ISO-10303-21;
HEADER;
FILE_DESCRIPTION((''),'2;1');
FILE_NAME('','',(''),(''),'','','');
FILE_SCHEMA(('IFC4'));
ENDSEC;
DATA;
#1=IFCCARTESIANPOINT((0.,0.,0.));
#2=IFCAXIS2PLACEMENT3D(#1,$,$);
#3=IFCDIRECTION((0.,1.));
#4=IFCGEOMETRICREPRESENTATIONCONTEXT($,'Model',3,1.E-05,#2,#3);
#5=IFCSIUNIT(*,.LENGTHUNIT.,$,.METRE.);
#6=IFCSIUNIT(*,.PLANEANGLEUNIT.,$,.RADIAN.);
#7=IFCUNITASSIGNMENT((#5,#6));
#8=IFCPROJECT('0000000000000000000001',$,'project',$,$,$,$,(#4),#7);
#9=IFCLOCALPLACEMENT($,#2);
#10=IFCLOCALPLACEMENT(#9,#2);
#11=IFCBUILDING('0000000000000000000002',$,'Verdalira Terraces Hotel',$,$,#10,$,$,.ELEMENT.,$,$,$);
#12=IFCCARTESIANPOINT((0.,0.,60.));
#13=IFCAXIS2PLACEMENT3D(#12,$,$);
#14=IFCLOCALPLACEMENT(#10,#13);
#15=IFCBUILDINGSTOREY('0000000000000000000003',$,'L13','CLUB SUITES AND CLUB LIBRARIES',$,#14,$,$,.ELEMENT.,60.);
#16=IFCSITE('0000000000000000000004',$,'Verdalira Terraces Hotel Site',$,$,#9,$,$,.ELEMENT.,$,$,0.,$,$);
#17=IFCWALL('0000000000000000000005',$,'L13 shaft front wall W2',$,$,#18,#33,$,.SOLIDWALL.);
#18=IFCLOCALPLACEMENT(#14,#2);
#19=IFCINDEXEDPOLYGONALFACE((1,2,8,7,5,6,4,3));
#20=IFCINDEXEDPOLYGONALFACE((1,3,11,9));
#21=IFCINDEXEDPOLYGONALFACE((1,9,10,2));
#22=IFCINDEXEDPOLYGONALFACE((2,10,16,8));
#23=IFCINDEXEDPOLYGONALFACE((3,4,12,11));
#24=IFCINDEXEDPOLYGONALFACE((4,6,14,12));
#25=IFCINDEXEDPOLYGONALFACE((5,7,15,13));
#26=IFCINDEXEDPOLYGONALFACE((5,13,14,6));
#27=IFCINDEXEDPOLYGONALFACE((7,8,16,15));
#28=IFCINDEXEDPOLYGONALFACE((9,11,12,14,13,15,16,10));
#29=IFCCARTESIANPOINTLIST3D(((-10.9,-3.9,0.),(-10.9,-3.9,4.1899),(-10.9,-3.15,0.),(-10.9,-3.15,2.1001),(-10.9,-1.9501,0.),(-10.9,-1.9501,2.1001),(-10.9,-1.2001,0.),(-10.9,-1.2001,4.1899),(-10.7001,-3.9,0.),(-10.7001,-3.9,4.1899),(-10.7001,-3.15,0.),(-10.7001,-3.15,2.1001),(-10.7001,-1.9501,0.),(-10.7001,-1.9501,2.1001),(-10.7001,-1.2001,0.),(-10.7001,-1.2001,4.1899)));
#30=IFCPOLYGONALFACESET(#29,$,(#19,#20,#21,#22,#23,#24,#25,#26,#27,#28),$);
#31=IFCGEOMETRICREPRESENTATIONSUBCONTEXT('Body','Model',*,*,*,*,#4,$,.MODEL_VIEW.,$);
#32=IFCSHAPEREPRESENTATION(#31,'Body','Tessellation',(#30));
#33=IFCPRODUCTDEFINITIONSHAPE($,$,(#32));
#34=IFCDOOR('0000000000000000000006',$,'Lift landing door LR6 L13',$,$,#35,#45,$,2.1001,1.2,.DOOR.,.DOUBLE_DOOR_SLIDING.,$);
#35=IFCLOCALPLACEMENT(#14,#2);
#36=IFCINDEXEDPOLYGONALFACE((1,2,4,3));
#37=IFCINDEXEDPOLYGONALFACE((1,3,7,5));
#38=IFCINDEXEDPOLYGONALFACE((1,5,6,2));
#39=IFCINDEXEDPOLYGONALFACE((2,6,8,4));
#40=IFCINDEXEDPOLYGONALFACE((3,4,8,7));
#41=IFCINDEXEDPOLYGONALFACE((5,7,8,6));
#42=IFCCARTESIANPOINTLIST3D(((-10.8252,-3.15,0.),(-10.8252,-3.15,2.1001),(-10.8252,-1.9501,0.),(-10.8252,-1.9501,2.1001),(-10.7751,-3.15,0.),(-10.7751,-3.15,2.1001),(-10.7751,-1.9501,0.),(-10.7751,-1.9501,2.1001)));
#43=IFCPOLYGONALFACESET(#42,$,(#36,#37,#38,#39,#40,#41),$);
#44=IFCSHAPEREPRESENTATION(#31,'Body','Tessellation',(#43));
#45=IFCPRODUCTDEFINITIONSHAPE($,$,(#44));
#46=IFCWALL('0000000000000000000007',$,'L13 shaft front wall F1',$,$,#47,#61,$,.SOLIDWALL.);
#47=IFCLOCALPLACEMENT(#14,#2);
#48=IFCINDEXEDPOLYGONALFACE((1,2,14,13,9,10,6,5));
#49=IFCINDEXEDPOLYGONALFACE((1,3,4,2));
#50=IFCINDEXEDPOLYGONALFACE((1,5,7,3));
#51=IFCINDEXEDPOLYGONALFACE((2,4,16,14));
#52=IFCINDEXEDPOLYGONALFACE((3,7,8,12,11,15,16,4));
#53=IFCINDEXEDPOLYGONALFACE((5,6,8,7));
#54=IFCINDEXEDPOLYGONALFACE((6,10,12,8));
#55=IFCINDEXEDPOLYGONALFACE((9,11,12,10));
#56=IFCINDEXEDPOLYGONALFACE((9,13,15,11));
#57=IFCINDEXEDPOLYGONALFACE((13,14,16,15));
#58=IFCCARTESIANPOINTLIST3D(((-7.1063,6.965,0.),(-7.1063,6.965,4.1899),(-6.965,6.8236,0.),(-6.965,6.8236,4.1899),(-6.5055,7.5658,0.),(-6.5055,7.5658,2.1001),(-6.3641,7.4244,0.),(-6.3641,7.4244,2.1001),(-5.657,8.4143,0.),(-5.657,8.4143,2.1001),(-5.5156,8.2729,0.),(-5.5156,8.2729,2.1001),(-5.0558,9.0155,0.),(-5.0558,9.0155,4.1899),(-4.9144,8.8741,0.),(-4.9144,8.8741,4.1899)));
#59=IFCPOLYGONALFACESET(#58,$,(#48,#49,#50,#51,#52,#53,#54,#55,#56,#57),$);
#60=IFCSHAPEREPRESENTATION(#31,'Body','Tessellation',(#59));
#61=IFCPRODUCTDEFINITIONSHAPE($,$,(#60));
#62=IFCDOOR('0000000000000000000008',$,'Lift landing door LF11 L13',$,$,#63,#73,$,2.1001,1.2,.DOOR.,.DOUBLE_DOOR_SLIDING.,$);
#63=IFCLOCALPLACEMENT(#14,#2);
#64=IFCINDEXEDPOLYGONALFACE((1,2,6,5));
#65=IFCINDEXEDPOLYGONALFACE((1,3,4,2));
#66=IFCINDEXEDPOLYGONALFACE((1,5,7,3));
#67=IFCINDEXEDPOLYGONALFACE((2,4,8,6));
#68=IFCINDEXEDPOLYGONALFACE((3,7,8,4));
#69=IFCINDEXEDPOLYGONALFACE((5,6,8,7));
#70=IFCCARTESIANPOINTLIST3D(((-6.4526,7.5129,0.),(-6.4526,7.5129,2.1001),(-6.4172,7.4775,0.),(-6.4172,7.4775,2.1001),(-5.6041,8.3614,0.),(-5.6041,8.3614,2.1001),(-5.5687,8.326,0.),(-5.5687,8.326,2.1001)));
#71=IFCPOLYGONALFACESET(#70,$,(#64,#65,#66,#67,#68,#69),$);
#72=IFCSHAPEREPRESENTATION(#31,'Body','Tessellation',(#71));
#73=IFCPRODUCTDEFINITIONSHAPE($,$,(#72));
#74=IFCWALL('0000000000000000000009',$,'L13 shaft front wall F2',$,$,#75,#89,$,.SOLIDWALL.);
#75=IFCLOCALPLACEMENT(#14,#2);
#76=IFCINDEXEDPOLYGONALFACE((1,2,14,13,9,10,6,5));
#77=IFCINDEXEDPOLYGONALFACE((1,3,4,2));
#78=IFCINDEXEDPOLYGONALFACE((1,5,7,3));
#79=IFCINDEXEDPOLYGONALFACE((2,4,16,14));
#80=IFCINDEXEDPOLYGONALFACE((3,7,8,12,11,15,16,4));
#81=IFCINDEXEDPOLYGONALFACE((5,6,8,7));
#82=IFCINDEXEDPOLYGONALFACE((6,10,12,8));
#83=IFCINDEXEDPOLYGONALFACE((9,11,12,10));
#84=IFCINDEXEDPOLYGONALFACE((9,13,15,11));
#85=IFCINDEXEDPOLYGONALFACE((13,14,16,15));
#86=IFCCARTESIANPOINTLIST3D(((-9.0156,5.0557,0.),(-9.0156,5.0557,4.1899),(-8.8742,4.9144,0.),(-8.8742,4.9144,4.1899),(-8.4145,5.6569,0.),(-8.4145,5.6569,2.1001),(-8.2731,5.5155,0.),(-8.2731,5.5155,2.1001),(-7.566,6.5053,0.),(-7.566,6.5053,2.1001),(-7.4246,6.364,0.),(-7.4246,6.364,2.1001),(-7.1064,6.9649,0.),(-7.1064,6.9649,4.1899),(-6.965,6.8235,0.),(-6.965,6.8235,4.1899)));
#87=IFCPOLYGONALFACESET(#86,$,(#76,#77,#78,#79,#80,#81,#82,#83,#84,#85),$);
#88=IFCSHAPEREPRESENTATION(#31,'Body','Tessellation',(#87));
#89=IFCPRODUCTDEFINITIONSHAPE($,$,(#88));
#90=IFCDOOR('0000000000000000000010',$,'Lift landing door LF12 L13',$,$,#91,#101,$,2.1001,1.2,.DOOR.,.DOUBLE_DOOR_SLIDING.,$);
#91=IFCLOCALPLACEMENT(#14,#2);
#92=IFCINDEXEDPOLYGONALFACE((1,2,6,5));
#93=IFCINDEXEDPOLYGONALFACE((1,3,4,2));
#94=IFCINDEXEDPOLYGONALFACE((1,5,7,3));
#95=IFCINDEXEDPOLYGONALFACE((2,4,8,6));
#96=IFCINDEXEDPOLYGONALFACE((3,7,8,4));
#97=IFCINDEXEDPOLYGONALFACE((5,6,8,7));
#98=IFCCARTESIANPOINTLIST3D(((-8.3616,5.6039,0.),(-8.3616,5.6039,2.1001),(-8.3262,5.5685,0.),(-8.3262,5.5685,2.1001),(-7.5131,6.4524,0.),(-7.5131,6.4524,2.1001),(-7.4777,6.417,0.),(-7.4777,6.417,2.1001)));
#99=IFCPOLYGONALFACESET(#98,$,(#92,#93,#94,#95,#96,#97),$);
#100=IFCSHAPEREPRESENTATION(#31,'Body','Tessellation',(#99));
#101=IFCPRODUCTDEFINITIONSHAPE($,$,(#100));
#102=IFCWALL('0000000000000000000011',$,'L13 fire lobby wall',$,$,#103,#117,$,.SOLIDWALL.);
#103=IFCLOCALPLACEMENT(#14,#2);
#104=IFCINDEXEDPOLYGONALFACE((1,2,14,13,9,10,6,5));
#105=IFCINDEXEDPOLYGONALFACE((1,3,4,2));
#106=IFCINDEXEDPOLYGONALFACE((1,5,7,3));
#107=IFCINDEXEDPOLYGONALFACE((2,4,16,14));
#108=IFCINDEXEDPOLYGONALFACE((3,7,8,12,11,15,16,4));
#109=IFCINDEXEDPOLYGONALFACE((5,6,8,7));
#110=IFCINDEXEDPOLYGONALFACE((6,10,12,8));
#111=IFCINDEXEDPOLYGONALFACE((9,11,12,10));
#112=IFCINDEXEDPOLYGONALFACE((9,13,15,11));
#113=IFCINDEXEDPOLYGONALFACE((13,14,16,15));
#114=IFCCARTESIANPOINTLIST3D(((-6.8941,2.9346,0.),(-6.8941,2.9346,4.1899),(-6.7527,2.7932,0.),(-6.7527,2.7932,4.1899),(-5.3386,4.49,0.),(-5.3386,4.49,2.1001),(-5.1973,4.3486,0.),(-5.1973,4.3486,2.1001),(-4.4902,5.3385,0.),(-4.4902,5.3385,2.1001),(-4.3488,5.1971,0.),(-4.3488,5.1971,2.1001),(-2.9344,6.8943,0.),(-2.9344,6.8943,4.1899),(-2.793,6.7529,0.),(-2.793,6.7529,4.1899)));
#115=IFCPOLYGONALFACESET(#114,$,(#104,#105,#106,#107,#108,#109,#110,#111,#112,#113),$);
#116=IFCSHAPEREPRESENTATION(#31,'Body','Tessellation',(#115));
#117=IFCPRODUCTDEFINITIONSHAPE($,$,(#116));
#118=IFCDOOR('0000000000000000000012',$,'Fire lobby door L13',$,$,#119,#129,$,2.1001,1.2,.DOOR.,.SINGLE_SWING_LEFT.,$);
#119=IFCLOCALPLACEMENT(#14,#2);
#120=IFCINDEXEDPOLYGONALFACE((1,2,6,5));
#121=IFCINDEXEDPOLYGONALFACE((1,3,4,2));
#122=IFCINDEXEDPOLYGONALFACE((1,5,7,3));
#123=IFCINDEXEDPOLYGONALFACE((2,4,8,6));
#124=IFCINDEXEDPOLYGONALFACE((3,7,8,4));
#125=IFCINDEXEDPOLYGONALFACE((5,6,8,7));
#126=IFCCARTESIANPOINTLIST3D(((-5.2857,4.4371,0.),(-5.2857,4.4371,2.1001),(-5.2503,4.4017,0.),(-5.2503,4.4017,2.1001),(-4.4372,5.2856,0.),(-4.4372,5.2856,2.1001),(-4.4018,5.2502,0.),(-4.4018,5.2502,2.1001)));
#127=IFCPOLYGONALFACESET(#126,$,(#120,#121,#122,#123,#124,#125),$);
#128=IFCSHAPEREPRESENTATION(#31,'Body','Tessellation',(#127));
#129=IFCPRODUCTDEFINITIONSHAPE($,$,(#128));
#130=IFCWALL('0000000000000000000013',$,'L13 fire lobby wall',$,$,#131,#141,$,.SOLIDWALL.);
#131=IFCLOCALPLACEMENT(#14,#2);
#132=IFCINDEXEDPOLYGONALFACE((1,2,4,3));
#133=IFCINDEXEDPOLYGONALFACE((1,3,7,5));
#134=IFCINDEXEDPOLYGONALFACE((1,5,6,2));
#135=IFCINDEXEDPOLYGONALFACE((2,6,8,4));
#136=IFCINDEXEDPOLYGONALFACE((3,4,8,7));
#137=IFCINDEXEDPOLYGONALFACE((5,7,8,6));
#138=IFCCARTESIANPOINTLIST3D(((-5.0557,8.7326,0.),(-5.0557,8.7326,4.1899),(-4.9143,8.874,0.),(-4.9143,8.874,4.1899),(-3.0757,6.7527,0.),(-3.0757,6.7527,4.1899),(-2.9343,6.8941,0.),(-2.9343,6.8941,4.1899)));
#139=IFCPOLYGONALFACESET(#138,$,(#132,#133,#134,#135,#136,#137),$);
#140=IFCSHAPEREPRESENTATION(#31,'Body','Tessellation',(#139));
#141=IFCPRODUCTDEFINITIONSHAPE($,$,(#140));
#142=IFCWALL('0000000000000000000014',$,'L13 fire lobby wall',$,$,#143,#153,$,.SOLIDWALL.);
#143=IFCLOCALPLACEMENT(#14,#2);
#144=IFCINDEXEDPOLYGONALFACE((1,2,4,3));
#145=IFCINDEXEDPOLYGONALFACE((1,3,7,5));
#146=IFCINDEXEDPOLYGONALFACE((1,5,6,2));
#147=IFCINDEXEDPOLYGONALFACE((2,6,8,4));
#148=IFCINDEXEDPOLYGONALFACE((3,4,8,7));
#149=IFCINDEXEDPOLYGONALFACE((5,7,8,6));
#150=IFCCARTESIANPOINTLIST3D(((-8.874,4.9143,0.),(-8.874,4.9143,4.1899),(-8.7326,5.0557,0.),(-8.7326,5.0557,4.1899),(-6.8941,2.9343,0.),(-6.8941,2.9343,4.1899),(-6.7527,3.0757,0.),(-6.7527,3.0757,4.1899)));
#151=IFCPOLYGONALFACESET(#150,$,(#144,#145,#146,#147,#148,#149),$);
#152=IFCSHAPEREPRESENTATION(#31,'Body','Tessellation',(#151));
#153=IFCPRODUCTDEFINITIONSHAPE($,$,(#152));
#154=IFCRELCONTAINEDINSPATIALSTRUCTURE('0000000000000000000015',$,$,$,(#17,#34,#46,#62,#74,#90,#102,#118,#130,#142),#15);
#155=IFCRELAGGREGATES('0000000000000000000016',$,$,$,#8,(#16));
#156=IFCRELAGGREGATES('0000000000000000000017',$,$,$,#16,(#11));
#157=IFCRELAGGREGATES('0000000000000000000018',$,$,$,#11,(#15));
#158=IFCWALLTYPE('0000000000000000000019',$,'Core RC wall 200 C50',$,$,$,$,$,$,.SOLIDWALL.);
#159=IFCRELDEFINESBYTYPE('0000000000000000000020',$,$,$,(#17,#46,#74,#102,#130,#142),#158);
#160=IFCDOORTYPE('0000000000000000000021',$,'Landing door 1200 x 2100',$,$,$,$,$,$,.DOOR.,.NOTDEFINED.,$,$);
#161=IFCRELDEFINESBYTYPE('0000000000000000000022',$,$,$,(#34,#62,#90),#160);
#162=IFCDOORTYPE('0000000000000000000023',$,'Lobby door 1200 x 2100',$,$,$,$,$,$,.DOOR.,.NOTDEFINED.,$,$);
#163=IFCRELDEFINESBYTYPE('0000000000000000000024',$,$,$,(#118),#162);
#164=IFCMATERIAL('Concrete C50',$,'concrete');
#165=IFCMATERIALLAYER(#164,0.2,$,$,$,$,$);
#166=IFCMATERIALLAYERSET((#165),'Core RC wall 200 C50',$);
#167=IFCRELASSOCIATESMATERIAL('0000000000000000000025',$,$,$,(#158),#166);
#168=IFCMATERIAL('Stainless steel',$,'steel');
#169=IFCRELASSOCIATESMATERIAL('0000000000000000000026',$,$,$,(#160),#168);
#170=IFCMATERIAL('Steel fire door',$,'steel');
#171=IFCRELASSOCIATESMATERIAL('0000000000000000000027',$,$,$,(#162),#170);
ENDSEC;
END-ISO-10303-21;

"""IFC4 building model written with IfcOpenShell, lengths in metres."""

from ifc_helpers import new_model, si_unit, direction, frame, frame_2d, origin, place, context, subcontext, project, spatial, rectangle, extrude, material, layer, layer_set, type_object, element, fill, save


model = new_model("IFC4")

# Units and contexts
model_context = context("Model", 3, precision=1e-05, world=origin(), true_north=direction((0.0, 1.0)))
body_context = subcontext(model_context, "Body", "Model", "MODEL_VIEW")
ifc_project = project(units=[si_unit("LENGTHUNIT", "METRE"), si_unit("PLANEANGLEUNIT", "RADIAN")], contexts=[model_context])

# Site, building, storey
site_placement = place(None, origin())
site = spatial("IfcSite", under=ifc_project, at=site_placement, Name="Verdalira Terraces Hotel Site", CompositionType="ELEMENT", RefElevation=0.0)
building_placement = place(site_placement, origin())
building = spatial("IfcBuilding", under=site, at=building_placement, Name="Verdalira Terraces Hotel", CompositionType="ELEMENT")
storey_placement = place(building_placement, frame((0.0, 0.0, 60.0)))
storey = spatial("IfcBuildingStorey", under=building, at=storey_placement, Name="L13", Description="CLUB SUITES AND CLUB LIBRARIES", CompositionType="ELEMENT", Elevation=60.0)

# Walls, openings, doors
ifc_material_1 = material(Name="Concrete C50", Category="concrete")
ifc_layer_1 = layer(ifc_material_1, 0.2)
ifc_layer_set_1 = layer_set([ifc_layer_1], Name="Core RC wall 200 C50")
wall_type_1 = type_object("IfcWallType", Name="Core RC wall 200 C50", PredefinedType="SOLIDWALL", material=ifc_layer_set_1)
ifc_material_2 = material(Name="Stainless steel", Category="steel")
door_type_1 = type_object("IfcDoorType", Name="Landing door 1200 x 2100", OperationType="NOTDEFINED", PredefinedType="DOOR", material=ifc_material_2)
wall_1_placement = place(storey_placement, frame((-10.8, -1.2, 0.0), z_axis=(0.0, 0.0, 1.0), x_axis=(0.0, -1.0, 0.0)))
wall_1 = element("IfcWall", 1, at=wall_1_placement, inside=storey, type_object=wall_type_1, Name="L13 shaft front wall W2", PredefinedType="SOLIDWALL", context=body_context, shape_type="SweptSolid", body=[
    extrude(rectangle(XDim=2.7, YDim=0.2, at=frame_2d((1.3501, 0.0))), origin(), (0.0, 0.0, 1.0), 4.1899),
])
opening_1_placement = place(wall_1_placement, frame((0.75, 0.0, 0.0)))
opening_1 = element("IfcOpeningElement", 2, at=opening_1_placement, cuts=wall_1, PredefinedType="OPENING", context=body_context, shape_type="SweptSolid", body=[
    extrude(rectangle(XDim=1.2, YDim=2.1001, at=frame_2d((0.6001, 1.05))), frame((0.0, 0.1099, 0.0), z_axis=(0.0, -1.0, 0.0), x_axis=(1.0, 0.0, 0.0)), (0.0, 0.0, 1.0), 0.22),
])
door_1_placement = place(opening_1_placement, origin())
door_1 = element("IfcDoor", 3, at=door_1_placement, inside=storey, type_object=door_type_1, Name="Lift landing door LR6 L13", OperationType="DOUBLE_DOOR_SLIDING", OverallHeight=2.1001, OverallWidth=1.2, PredefinedType="DOOR", context=body_context, shape_type="SweptSolid", body=[
    extrude(rectangle(XDim=1.2, YDim=2.1001, at=frame_2d((0.6001, 1.05))), frame((0.0, 0.0249, 0.0), z_axis=(0.0, -1.0, 0.0), x_axis=(1.0, 0.0, 0.0)), (0.0, 0.0, 1.0), 0.05),
])
fill(opening_1, door_1)
wall_2_placement = place(storey_placement, frame((-4.9851, 8.9448, 0.0), z_axis=(0.0, 0.0, 1.0), x_axis=(-0.707107, -0.707107, 0.0)))
wall_2 = element("IfcWall", 4, at=wall_2_placement, inside=storey, type_object=wall_type_1, Name="L13 shaft front wall F1", PredefinedType="SOLIDWALL", context=body_context, shape_type="SweptSolid", body=[
    extrude(rectangle(XDim=2.8999, YDim=0.2, at=frame_2d((1.45, 0.0))), origin(), (0.0, 0.0, 1.0), 4.1899),
])
opening_2_placement = place(wall_2_placement, frame((0.8501, 0.0, 0.0)))
opening_2 = element("IfcOpeningElement", 5, at=opening_2_placement, cuts=wall_2, PredefinedType="OPENING", context=body_context, shape_type="SweptSolid", body=[
    extrude(rectangle(XDim=1.2, YDim=2.1001, at=frame_2d((0.6001, 1.05))), frame((0.0, 0.1099, 0.0), z_axis=(0.0, -1.0, 0.0), x_axis=(1.0, 0.0, 0.0)), (0.0, 0.0, 1.0), 0.22),
])
door_2_placement = place(opening_2_placement, origin())
door_2 = element("IfcDoor", 6, at=door_2_placement, inside=storey, type_object=door_type_1, Name="Lift landing door LF11 L13", OperationType="DOUBLE_DOOR_SLIDING", OverallHeight=2.1001, OverallWidth=1.2, PredefinedType="DOOR", context=body_context, shape_type="SweptSolid", body=[
    extrude(rectangle(XDim=1.2, YDim=2.1001, at=frame_2d((0.6001, 1.05))), frame((0.0, 0.0249, 0.0), z_axis=(0.0, -1.0, 0.0), x_axis=(1.0, 0.0, 0.0)), (0.0, 0.0, 1.0), 0.05),
])
fill(opening_2, door_2)
wall_3_placement = place(storey_placement, frame((-7.0356, 6.8943, 0.0), z_axis=(0.0, 0.0, 1.0), x_axis=(-0.707107, -0.707107, 0.0)))
wall_3 = element("IfcWall", 7, at=wall_3_placement, inside=storey, type_object=wall_type_1, Name="L13 shaft front wall F2", PredefinedType="SOLIDWALL", context=body_context, shape_type="SweptSolid", body=[
    extrude(rectangle(XDim=2.7, YDim=0.2, at=frame_2d((1.3501, 0.0))), origin(), (0.0, 0.0, 1.0), 4.1899),
])
opening_3_placement = place(wall_3_placement, frame((0.6499, 0.0, 0.0)))
opening_3 = element("IfcOpeningElement", 8, at=opening_3_placement, cuts=wall_3, PredefinedType="OPENING", context=body_context, shape_type="SweptSolid", body=[
    extrude(rectangle(XDim=1.2, YDim=2.1001, at=frame_2d((0.6001, 1.05))), frame((0.0, 0.1099, 0.0), z_axis=(0.0, -1.0, 0.0), x_axis=(1.0, 0.0, 0.0)), (0.0, 0.0, 1.0), 0.22),
])
door_3_placement = place(opening_3_placement, origin())
door_3 = element("IfcDoor", 9, at=door_3_placement, inside=storey, type_object=door_type_1, Name="Lift landing door LF12 L13", OperationType="DOUBLE_DOOR_SLIDING", OverallHeight=2.1001, OverallWidth=1.2, PredefinedType="DOOR", context=body_context, shape_type="SweptSolid", body=[
    extrude(rectangle(XDim=1.2, YDim=2.1001, at=frame_2d((0.6001, 1.05))), frame((0.0, 0.0249, 0.0), z_axis=(0.0, -1.0, 0.0), x_axis=(1.0, 0.0, 0.0)), (0.0, 0.0, 1.0), 0.05),
])
fill(opening_3, door_3)
wall_4_placement = place(storey_placement, frame((-2.8638, 6.8235, 0.0), z_axis=(0.0, 0.0, 1.0), x_axis=(-0.707107, -0.707107, 0.0)))
wall_4 = element("IfcWall", 10, at=wall_4_placement, inside=storey, type_object=wall_type_1, Name="L13 fire lobby wall", PredefinedType="SOLIDWALL", context=body_context, shape_type="SweptSolid", body=[
    extrude(rectangle(XDim=5.5999, YDim=0.2, at=frame_2d((2.7998, 0.0))), origin(), (0.0, 0.0, 1.0), 4.1899),
])
opening_4_placement = place(wall_4_placement, frame((2.2, 0.0, 0.0)))
opening_4 = element("IfcOpeningElement", 11, at=opening_4_placement, cuts=wall_4, PredefinedType="OPENING", context=body_context, shape_type="SweptSolid", body=[
    extrude(rectangle(XDim=1.2, YDim=2.1001, at=frame_2d((0.6001, 1.05))), frame((0.0, 0.1099, 0.0), z_axis=(0.0, -1.0, 0.0), x_axis=(1.0, 0.0, 0.0)), (0.0, 0.0, 1.0), 0.22),
])
ifc_material_3 = material(Name="Steel fire door", Category="steel")
door_type_2 = type_object("IfcDoorType", Name="Lobby door 1200 x 2100", OperationType="NOTDEFINED", PredefinedType="DOOR", material=ifc_material_3)
door_4_placement = place(opening_4_placement, origin())
door_4 = element("IfcDoor", 12, at=door_4_placement, inside=storey, type_object=door_type_2, Name="Fire lobby door L13", OperationType="SINGLE_SWING_LEFT", OverallHeight=2.1001, OverallWidth=1.2, PredefinedType="DOOR", context=body_context, shape_type="SweptSolid", body=[
    extrude(rectangle(XDim=1.2, YDim=2.1001, at=frame_2d((0.6001, 1.05))), frame((0.0, 0.0249, 0.0), z_axis=(0.0, -1.0, 0.0), x_axis=(1.0, 0.0, 0.0)), (0.0, 0.0, 1.0), 0.05),
])
fill(opening_4, door_4)

# Walls
for number, where, z_axis, x_axis, name in (
    (13, (-3.0051, 6.8235, 0.0), (0.0, 0.0, 1.0), (-0.707107, 0.707107, 0.0), "L13 fire lobby wall"),
    (14, (-6.8235, 3.0051, 0.0), (0.0, 0.0, 1.0), (-0.707107, 0.707107, 0.0), "L13 fire lobby wall"),
):
    element("IfcWall", number, at=place(storey_placement, frame(where, z_axis=z_axis, x_axis=x_axis)), inside=storey, type_object=wall_type_1, Name=name, PredefinedType="SOLIDWALL", context=body_context, shape_type="SweptSolid", body=[
        extrude(rectangle(XDim=2.8, YDim=0.2, at=frame_2d((1.3999, 0.0))), origin(), (0.0, 0.0, 1.0), 4.1899),
    ])

save(model, "model.ifc")
